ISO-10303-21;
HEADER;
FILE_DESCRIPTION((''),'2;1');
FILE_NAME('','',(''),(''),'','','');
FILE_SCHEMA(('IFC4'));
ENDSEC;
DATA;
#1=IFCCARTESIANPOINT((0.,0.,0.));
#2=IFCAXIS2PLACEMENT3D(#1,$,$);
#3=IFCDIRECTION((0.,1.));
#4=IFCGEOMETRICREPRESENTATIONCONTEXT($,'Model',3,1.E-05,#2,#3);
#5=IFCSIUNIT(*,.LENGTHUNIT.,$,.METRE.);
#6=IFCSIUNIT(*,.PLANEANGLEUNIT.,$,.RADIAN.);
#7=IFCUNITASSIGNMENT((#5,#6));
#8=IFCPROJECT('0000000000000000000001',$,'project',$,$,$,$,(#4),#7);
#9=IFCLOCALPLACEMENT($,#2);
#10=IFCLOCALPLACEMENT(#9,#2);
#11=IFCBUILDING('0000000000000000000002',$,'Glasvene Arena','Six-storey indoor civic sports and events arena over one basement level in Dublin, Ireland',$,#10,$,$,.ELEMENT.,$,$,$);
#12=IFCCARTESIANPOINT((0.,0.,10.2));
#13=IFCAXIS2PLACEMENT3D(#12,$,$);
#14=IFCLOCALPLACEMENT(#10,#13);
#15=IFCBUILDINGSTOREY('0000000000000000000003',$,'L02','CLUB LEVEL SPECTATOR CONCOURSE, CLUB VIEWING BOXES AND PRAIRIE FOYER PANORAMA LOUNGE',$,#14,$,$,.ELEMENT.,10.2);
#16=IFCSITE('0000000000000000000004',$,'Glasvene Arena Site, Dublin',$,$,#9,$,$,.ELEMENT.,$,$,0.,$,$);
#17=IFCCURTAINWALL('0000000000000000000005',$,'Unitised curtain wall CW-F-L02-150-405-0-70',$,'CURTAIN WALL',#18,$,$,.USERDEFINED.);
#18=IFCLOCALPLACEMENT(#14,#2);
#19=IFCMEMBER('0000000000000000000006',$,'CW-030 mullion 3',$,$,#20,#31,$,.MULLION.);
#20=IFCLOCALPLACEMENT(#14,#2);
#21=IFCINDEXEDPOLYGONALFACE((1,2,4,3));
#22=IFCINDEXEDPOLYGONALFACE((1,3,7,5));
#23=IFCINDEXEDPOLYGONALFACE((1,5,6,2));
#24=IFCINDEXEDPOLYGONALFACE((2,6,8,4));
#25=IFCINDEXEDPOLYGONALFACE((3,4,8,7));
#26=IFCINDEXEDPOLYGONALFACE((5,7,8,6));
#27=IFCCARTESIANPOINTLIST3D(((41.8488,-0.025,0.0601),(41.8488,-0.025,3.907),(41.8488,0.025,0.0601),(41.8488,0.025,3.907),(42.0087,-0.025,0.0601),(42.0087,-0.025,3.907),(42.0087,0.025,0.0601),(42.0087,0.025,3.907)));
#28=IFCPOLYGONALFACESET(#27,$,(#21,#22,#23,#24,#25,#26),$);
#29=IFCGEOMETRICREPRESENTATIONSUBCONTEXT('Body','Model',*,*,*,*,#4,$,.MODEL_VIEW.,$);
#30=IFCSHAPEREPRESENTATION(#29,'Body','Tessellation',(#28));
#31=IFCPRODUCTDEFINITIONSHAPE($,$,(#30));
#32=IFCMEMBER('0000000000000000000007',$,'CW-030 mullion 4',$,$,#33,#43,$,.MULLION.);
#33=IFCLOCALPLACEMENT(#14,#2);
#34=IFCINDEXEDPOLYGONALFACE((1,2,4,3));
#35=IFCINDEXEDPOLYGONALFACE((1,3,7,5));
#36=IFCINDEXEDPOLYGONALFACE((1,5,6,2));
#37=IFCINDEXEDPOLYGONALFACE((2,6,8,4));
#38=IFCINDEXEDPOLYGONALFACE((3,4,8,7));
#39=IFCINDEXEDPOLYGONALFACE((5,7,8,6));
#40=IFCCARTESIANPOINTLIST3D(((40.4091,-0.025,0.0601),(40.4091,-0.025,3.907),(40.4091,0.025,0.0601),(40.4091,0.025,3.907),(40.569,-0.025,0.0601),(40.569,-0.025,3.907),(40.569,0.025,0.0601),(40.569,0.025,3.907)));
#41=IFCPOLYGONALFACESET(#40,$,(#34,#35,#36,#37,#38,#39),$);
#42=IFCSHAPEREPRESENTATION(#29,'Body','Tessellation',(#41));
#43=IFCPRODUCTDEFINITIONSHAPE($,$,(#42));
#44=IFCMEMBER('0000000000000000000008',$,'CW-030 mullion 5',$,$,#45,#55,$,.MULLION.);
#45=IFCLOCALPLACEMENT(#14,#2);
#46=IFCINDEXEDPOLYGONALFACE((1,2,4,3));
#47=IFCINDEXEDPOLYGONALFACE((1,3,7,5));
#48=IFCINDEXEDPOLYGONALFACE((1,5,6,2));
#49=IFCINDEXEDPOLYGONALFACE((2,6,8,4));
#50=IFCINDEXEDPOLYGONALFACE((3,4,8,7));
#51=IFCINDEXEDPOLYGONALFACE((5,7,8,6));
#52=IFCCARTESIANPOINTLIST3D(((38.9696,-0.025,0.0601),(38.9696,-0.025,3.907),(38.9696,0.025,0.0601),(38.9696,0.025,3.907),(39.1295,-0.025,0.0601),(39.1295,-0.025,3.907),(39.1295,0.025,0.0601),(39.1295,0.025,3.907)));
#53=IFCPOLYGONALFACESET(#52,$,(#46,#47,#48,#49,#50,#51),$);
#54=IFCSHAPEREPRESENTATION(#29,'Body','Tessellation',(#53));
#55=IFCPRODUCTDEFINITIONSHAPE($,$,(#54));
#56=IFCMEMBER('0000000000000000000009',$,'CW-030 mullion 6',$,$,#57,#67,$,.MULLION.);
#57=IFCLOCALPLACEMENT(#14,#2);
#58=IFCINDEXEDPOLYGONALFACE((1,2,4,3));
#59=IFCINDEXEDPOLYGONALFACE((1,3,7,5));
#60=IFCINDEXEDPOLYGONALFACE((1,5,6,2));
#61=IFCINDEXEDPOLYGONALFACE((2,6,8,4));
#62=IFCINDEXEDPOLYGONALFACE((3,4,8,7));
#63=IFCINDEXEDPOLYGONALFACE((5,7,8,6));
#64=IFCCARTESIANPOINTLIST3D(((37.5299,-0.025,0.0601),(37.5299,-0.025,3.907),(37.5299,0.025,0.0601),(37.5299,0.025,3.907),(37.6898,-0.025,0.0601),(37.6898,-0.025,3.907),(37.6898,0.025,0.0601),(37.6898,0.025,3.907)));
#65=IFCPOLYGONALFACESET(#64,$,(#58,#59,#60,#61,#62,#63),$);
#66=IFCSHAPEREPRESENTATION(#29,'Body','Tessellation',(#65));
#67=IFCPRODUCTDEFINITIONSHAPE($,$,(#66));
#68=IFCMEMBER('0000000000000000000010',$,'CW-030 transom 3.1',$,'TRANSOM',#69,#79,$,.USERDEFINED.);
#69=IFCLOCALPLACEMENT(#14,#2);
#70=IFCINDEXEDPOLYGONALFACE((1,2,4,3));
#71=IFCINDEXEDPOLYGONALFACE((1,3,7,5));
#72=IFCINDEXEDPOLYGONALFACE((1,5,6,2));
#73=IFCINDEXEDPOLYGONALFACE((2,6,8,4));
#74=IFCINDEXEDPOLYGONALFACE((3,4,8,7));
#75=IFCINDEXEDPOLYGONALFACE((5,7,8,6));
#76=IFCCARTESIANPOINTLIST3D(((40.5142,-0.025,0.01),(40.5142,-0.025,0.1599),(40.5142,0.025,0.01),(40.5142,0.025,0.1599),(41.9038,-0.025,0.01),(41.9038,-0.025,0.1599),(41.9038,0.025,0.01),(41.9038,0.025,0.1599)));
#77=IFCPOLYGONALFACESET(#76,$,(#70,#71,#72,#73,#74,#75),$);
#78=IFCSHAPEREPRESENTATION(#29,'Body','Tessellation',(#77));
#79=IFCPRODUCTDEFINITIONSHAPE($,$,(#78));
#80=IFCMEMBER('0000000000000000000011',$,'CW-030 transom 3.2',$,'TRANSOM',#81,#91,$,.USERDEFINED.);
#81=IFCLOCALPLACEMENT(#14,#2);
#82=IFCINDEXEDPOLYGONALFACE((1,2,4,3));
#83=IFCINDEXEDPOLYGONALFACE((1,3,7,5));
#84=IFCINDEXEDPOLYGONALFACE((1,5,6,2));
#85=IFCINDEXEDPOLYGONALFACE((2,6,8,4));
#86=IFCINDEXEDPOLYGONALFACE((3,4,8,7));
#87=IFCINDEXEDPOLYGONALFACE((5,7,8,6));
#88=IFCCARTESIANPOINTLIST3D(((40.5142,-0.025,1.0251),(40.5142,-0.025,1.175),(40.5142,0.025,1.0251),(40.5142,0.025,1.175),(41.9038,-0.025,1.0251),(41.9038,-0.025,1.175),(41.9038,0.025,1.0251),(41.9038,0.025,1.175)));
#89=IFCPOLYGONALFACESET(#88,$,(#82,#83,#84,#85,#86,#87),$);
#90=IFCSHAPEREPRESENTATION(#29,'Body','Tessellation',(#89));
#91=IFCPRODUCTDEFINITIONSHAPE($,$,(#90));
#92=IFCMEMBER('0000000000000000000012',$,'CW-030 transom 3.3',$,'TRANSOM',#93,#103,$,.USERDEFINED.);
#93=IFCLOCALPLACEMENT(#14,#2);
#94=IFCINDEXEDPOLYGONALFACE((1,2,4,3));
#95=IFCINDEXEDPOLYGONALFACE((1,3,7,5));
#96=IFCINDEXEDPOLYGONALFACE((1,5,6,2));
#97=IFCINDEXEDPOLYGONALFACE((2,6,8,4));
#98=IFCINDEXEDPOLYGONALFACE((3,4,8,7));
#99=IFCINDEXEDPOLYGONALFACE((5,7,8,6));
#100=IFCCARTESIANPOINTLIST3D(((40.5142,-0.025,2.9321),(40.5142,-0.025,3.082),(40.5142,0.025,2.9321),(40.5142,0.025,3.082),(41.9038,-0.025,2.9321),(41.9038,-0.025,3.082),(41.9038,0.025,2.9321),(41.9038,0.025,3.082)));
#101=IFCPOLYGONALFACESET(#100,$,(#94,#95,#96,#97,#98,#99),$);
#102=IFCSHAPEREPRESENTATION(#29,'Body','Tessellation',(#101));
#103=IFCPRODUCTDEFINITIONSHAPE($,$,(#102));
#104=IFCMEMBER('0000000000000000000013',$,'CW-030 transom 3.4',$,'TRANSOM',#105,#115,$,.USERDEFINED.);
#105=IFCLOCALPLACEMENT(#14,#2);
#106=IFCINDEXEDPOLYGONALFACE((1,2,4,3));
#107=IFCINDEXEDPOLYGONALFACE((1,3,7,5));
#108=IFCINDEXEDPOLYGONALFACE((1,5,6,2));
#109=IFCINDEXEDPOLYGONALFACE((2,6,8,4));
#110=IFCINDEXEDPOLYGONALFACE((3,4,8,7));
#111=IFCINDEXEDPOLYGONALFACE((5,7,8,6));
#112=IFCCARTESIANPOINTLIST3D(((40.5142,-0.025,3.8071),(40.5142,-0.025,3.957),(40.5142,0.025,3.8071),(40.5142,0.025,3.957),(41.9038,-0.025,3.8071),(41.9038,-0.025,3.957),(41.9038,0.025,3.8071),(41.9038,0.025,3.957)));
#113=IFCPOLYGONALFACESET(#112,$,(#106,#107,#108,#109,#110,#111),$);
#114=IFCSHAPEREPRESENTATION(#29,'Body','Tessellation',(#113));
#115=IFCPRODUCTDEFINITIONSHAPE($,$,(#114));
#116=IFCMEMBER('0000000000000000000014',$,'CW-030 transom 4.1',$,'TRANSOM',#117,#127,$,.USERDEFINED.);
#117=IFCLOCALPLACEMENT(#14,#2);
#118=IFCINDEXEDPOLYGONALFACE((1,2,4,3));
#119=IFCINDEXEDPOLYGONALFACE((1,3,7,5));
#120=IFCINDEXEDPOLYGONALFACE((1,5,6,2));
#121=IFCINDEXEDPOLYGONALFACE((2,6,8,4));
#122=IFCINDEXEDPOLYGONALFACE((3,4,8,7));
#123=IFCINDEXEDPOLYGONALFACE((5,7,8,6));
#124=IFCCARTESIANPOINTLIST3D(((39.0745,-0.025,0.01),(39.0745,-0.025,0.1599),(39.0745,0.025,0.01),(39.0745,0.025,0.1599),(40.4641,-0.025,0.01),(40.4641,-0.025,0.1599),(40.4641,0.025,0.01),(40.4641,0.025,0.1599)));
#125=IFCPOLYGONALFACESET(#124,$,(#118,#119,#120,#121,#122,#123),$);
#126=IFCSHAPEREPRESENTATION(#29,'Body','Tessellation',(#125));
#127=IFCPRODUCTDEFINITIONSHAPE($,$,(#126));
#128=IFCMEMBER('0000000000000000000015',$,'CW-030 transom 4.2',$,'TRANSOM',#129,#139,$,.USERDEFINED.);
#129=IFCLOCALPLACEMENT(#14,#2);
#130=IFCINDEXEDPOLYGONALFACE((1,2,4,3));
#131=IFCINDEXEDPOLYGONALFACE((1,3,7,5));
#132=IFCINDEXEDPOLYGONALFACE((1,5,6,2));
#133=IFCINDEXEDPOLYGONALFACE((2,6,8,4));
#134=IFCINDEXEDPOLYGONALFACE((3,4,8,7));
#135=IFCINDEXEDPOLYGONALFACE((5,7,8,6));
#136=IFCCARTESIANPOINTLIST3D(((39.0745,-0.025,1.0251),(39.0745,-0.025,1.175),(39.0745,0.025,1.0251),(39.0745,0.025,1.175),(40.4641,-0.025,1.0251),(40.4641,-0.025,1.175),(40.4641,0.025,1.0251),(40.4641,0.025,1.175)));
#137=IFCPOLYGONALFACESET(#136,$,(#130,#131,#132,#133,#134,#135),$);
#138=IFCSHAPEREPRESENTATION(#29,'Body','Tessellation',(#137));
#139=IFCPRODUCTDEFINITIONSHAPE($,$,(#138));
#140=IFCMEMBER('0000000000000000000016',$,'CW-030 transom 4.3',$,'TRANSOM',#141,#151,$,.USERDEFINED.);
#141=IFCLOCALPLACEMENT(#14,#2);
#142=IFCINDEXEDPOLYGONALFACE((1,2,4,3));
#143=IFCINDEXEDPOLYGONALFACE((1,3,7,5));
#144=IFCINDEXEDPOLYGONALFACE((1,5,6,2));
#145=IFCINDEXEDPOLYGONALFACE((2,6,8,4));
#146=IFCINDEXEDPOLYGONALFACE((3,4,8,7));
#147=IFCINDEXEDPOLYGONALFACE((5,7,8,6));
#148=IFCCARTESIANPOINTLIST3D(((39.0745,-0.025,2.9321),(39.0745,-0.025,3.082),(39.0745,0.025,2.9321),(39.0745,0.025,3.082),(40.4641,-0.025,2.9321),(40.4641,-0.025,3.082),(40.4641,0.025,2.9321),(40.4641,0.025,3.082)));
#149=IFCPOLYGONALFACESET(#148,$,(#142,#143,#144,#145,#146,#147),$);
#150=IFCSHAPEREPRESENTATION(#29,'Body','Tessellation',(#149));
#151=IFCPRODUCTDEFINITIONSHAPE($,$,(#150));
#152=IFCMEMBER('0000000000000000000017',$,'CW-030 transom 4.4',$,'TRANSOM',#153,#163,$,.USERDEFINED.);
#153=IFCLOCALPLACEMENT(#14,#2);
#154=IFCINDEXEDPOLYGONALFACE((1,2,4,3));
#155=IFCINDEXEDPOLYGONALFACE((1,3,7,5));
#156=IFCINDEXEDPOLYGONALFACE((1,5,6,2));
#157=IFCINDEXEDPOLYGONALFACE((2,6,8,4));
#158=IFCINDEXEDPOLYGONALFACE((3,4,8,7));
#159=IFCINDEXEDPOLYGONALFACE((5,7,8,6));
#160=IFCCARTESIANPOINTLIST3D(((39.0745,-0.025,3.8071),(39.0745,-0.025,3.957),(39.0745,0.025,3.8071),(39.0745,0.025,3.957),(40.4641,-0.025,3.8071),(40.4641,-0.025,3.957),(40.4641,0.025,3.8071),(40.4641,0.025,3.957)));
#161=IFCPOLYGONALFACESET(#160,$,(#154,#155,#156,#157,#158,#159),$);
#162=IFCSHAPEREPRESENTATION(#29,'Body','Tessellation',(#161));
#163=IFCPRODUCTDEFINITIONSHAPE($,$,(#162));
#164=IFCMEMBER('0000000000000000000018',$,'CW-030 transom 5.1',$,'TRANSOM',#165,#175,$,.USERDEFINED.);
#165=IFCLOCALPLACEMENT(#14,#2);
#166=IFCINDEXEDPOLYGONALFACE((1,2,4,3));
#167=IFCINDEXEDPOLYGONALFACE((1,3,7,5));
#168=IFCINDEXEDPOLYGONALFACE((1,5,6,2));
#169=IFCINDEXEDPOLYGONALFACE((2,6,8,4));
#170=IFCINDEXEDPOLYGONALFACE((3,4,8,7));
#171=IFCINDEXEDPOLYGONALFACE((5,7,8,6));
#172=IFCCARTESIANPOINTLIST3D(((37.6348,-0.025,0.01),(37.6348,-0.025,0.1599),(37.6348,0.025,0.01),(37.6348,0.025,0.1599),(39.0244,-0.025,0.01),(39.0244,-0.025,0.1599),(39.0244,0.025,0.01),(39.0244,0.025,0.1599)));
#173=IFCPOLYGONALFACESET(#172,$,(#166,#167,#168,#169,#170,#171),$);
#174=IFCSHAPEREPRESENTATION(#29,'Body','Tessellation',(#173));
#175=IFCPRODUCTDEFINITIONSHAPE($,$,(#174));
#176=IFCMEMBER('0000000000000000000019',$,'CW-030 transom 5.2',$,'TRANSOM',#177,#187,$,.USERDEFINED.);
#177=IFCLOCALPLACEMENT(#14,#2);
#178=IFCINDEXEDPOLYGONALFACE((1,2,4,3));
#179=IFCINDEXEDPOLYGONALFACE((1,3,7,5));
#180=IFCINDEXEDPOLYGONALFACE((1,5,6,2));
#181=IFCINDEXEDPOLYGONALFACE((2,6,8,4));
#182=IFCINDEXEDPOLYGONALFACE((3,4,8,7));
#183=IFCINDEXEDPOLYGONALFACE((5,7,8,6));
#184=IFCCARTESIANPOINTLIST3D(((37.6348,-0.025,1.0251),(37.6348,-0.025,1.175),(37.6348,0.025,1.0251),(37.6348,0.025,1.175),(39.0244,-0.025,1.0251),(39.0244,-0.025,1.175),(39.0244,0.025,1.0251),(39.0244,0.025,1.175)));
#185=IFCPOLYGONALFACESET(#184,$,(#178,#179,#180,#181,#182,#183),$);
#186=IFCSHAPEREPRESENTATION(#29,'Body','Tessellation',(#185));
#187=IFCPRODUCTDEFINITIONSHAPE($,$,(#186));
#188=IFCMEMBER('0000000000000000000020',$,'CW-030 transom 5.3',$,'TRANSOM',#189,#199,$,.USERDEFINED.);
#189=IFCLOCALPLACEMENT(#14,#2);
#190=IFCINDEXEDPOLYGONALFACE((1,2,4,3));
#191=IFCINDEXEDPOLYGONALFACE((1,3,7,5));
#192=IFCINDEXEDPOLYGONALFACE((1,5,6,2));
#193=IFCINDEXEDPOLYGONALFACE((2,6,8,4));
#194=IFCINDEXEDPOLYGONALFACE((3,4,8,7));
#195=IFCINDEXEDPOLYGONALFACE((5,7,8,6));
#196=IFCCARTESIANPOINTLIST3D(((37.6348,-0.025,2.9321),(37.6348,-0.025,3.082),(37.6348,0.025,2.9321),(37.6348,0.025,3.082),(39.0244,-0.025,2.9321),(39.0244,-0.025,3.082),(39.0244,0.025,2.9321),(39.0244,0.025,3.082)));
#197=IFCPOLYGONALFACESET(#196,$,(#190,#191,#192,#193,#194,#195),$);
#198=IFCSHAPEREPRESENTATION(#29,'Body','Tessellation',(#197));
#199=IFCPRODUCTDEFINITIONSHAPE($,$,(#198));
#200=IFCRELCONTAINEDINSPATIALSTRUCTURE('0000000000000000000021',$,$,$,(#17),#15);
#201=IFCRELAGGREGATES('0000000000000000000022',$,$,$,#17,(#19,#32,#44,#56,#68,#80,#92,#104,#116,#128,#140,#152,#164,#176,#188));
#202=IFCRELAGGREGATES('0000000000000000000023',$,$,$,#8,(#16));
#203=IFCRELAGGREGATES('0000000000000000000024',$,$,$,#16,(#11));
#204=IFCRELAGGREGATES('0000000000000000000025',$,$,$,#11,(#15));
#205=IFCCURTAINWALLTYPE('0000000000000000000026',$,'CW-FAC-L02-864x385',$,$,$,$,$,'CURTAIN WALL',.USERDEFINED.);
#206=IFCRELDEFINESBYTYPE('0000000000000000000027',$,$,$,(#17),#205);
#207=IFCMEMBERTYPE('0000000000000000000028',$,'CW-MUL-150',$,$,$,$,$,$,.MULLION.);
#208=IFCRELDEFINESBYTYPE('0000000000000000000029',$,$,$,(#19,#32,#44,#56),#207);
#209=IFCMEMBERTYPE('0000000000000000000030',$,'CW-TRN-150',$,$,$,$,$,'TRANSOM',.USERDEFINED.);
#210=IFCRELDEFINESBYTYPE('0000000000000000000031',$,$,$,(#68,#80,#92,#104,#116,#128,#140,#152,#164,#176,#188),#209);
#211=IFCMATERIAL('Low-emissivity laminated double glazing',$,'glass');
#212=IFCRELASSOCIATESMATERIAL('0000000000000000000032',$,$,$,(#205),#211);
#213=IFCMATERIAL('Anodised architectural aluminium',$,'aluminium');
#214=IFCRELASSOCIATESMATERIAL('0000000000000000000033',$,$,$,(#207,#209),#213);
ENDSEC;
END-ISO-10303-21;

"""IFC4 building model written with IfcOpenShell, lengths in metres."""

from ifc_helpers import new_model, si_unit, direction, frame, origin, origin_2d, place, context, subcontext, project, spatial, rectangle, extrude, material, material_profile, profile_set, type_object, element, aggregate, save


model = new_model("IFC4")

# Units and contexts
model_context = context("Model", 3, precision=1e-05, world=origin(), true_north=direction((0.0, 1.0)))
body_context = subcontext(model_context, "Body", "Model", "MODEL_VIEW")
ifc_project = project(units=[si_unit("LENGTHUNIT", "METRE"), si_unit("PLANEANGLEUNIT", "RADIAN")], contexts=[model_context])

# Site, building, storey
site_placement = place(None, origin())
site = spatial("IfcSite", under=ifc_project, at=site_placement, Name="Glasvene Arena Site, Dublin", CompositionType="ELEMENT", RefElevation=0.0)
building_placement = place(site_placement, origin())
building = spatial("IfcBuilding", under=site, at=building_placement, Name="Glasvene Arena", Description="Six-storey indoor civic sports and events arena over one basement level in Dublin, Ireland", CompositionType="ELEMENT")
storey_placement = place(building_placement, frame((0.0, 0.0, 10.2)))
storey = spatial("IfcBuildingStorey", under=building, at=storey_placement, Name="L02", Description="CLUB LEVEL SPECTATOR CONCOURSE, CLUB VIEWING BOXES AND PRAIRIE FOYER PANORAMA LOUNGE", CompositionType="ELEMENT", Elevation=10.2)

# Curtain wall, members
ifc_material_1 = material(Name="Low-emissivity laminated double glazing", Category="glass")
curtain_wall_type = type_object("IfcCurtainWallType", Name="CW-FAC-L02-864x385", ElementType="CURTAIN WALL", PredefinedType="USERDEFINED", material=ifc_material_1)
curtain_wall_placement = place(storey_placement, frame((44.8081, 0.0, 0.0)))
curtain_wall = element("IfcCurtainWall", 1, at=curtain_wall_placement, inside=storey, type_object=curtain_wall_type, Name="Unitised curtain wall CW-F-L02-150-405-0-70", ObjectType="CURTAIN WALL", PredefinedType="USERDEFINED")
ifc_material_2 = material(Name="Anodised architectural aluminium", Category="aluminium")
ifc_material_profile_1 = material_profile(ifc_material_2, rectangle(XDim=0.05, YDim=0.1599, at=origin_2d()), Name="ALU MULLION 50x160")
ifc_profile_set_1 = profile_set([ifc_material_profile_1], Name="Anodised architectural aluminium")
member_type_1 = type_object("IfcMemberType", Name="CW-MUL-150", PredefinedType="MULLION", material=ifc_profile_set_1)
member_1_placement = place(storey_placement, frame((41.9287, 0.0, 0.0601), z_axis=(0.0, 0.0, 1.0), x_axis=(0.0, -1.0, 0.0)))
member_1 = element("IfcMember", 2, at=member_1_placement, type_object=member_type_1, Name="CW-030 mullion 3", PredefinedType="MULLION", context=body_context, shape_type="SweptSolid", body=[
    extrude(rectangle(XDim=0.05, YDim=0.1599, at=origin_2d()), origin(), (0.0, 0.0, 1.0), 3.8469),
])
member_2_placement = place(storey_placement, frame((40.489, 0.0, 0.0601), z_axis=(0.0, 0.0, 1.0), x_axis=(0.0, -1.0, 0.0)))
member_2 = element("IfcMember", 3, at=member_2_placement, type_object=member_type_1, Name="CW-030 mullion 4", PredefinedType="MULLION", context=body_context, shape_type="SweptSolid", body=[
    extrude(rectangle(XDim=0.05, YDim=0.1599, at=origin_2d()), origin(), (0.0, 0.0, 1.0), 3.8469),
])
member_3_placement = place(storey_placement, frame((39.0496, 0.0, 0.0601), z_axis=(0.0, 0.0, 1.0), x_axis=(0.0, -1.0, 0.0)))
member_3 = element("IfcMember", 4, at=member_3_placement, type_object=member_type_1, Name="CW-030 mullion 5", PredefinedType="MULLION", context=body_context, shape_type="SweptSolid", body=[
    extrude(rectangle(XDim=0.05, YDim=0.1599, at=origin_2d()), origin(), (0.0, 0.0, 1.0), 3.8469),
])
member_4_placement = place(storey_placement, frame((37.6099, 0.0, 0.0601), z_axis=(0.0, 0.0, 1.0), x_axis=(0.0, -1.0, 0.0)))
member_4 = element("IfcMember", 5, at=member_4_placement, type_object=member_type_1, Name="CW-030 mullion 6", PredefinedType="MULLION", context=body_context, shape_type="SweptSolid", body=[
    extrude(rectangle(XDim=0.05, YDim=0.1599, at=origin_2d()), origin(), (0.0, 0.0, 1.0), 3.8469),
])
ifc_material_profile_2 = material_profile(ifc_material_2, rectangle(XDim=0.05, YDim=0.1499, at=origin_2d()), Name="ALU TRANSOM 50x150")
ifc_profile_set_2 = profile_set([ifc_material_profile_2], Name="Anodised architectural aluminium")
member_type_2 = type_object("IfcMemberType", Name="CW-TRN-150", ElementType="TRANSOM", PredefinedType="USERDEFINED", material=ifc_profile_set_2)
member_5_placement = place(storey_placement, frame((41.9038, 0.0, 0.085), z_axis=(-1.0, 0.0, 0.0), x_axis=(0.0, -1.0, 0.0)))
member_5 = element("IfcMember", 6, at=member_5_placement, type_object=member_type_2, Name="CW-030 transom 3.1", ObjectType="TRANSOM", PredefinedType="USERDEFINED", context=body_context, shape_type="SweptSolid", body=[
    extrude(rectangle(XDim=0.05, YDim=0.1499, at=origin_2d()), origin(), (0.0, 0.0, 1.0), 1.3896),
])
member_6_placement = place(storey_placement, frame((41.9038, 0.0, 1.1001), z_axis=(-1.0, 0.0, 0.0), x_axis=(0.0, -1.0, 0.0)))
member_6 = element("IfcMember", 7, at=member_6_placement, type_object=member_type_2, Name="CW-030 transom 3.2", ObjectType="TRANSOM", PredefinedType="USERDEFINED", context=body_context, shape_type="SweptSolid", body=[
    extrude(rectangle(XDim=0.05, YDim=0.1499, at=origin_2d()), origin(), (0.0, 0.0, 1.0), 1.3896),
])
member_7_placement = place(storey_placement, frame((41.9038, 0.0, 3.0071), z_axis=(-1.0, 0.0, 0.0), x_axis=(0.0, -1.0, 0.0)))
member_7 = element("IfcMember", 8, at=member_7_placement, type_object=member_type_2, Name="CW-030 transom 3.3", ObjectType="TRANSOM", PredefinedType="USERDEFINED", context=body_context, shape_type="SweptSolid", body=[
    extrude(rectangle(XDim=0.05, YDim=0.1499, at=origin_2d()), origin(), (0.0, 0.0, 1.0), 1.3896),
])
member_8_placement = place(storey_placement, frame((41.9038, 0.0, 3.8821), z_axis=(-1.0, 0.0, 0.0), x_axis=(0.0, -1.0, 0.0)))
member_8 = element("IfcMember", 9, at=member_8_placement, type_object=member_type_2, Name="CW-030 transom 3.4", ObjectType="TRANSOM", PredefinedType="USERDEFINED", context=body_context, shape_type="SweptSolid", body=[
    extrude(rectangle(XDim=0.05, YDim=0.1499, at=origin_2d()), origin(), (0.0, 0.0, 1.0), 1.3896),
])
member_9_placement = place(storey_placement, frame((40.4641, 0.0, 0.085), z_axis=(-1.0, 0.0, 0.0), x_axis=(0.0, -1.0, 0.0)))
member_9 = element("IfcMember", 10, at=member_9_placement, type_object=member_type_2, Name="CW-030 transom 4.1", ObjectType="TRANSOM", PredefinedType="USERDEFINED", context=body_context, shape_type="SweptSolid", body=[
    extrude(rectangle(XDim=0.05, YDim=0.1499, at=origin_2d()), origin(), (0.0, 0.0, 1.0), 1.3896),
])
member_10_placement = place(storey_placement, frame((40.4641, 0.0, 1.1001), z_axis=(-1.0, 0.0, 0.0), x_axis=(0.0, -1.0, 0.0)))
member_10 = element("IfcMember", 11, at=member_10_placement, type_object=member_type_2, Name="CW-030 transom 4.2", ObjectType="TRANSOM", PredefinedType="USERDEFINED", context=body_context, shape_type="SweptSolid", body=[
    extrude(rectangle(XDim=0.05, YDim=0.1499, at=origin_2d()), origin(), (0.0, 0.0, 1.0), 1.3896),
])
member_11_placement = place(storey_placement, frame((40.4641, 0.0, 3.0071), z_axis=(-1.0, 0.0, 0.0), x_axis=(0.0, -1.0, 0.0)))
member_11 = element("IfcMember", 12, at=member_11_placement, type_object=member_type_2, Name="CW-030 transom 4.3", ObjectType="TRANSOM", PredefinedType="USERDEFINED", context=body_context, shape_type="SweptSolid", body=[
    extrude(rectangle(XDim=0.05, YDim=0.1499, at=origin_2d()), origin(), (0.0, 0.0, 1.0), 1.3896),
])
member_12_placement = place(storey_placement, frame((40.4641, 0.0, 3.8821), z_axis=(-1.0, 0.0, 0.0), x_axis=(0.0, -1.0, 0.0)))
member_12 = element("IfcMember", 13, at=member_12_placement, type_object=member_type_2, Name="CW-030 transom 4.4", ObjectType="TRANSOM", PredefinedType="USERDEFINED", context=body_context, shape_type="SweptSolid", body=[
    extrude(rectangle(XDim=0.05, YDim=0.1499, at=origin_2d()), origin(), (0.0, 0.0, 1.0), 1.3896),
])
member_13_placement = place(storey_placement, frame((39.0244, 0.0, 0.085), z_axis=(-1.0, 0.0, 0.0), x_axis=(0.0, -1.0, 0.0)))
member_13 = element("IfcMember", 14, at=member_13_placement, type_object=member_type_2, Name="CW-030 transom 5.1", ObjectType="TRANSOM", PredefinedType="USERDEFINED", context=body_context, shape_type="SweptSolid", body=[
    extrude(rectangle(XDim=0.05, YDim=0.1499, at=origin_2d()), origin(), (0.0, 0.0, 1.0), 1.3896),
])
member_14_placement = place(storey_placement, frame((39.0244, 0.0, 1.1001), z_axis=(-1.0, 0.0, 0.0), x_axis=(0.0, -1.0, 0.0)))
member_14 = element("IfcMember", 15, at=member_14_placement, type_object=member_type_2, Name="CW-030 transom 5.2", ObjectType="TRANSOM", PredefinedType="USERDEFINED", context=body_context, shape_type="SweptSolid", body=[
    extrude(rectangle(XDim=0.05, YDim=0.1499, at=origin_2d()), origin(), (0.0, 0.0, 1.0), 1.3896),
])
member_15_placement = place(storey_placement, frame((39.0244, 0.0, 3.0071), z_axis=(-1.0, 0.0, 0.0), x_axis=(0.0, -1.0, 0.0)))
member_15 = element("IfcMember", 16, at=member_15_placement, type_object=member_type_2, Name="CW-030 transom 5.3", ObjectType="TRANSOM", PredefinedType="USERDEFINED", context=body_context, shape_type="SweptSolid", body=[
    extrude(rectangle(XDim=0.05, YDim=0.1499, at=origin_2d()), origin(), (0.0, 0.0, 1.0), 1.3896),
])
aggregate(curtain_wall, [member_1, member_2, member_3, member_4, member_5, member_6, member_7, member_8, member_9, member_10, member_11, member_12, member_13, member_14, member_15])

save(model, "model.ifc")
